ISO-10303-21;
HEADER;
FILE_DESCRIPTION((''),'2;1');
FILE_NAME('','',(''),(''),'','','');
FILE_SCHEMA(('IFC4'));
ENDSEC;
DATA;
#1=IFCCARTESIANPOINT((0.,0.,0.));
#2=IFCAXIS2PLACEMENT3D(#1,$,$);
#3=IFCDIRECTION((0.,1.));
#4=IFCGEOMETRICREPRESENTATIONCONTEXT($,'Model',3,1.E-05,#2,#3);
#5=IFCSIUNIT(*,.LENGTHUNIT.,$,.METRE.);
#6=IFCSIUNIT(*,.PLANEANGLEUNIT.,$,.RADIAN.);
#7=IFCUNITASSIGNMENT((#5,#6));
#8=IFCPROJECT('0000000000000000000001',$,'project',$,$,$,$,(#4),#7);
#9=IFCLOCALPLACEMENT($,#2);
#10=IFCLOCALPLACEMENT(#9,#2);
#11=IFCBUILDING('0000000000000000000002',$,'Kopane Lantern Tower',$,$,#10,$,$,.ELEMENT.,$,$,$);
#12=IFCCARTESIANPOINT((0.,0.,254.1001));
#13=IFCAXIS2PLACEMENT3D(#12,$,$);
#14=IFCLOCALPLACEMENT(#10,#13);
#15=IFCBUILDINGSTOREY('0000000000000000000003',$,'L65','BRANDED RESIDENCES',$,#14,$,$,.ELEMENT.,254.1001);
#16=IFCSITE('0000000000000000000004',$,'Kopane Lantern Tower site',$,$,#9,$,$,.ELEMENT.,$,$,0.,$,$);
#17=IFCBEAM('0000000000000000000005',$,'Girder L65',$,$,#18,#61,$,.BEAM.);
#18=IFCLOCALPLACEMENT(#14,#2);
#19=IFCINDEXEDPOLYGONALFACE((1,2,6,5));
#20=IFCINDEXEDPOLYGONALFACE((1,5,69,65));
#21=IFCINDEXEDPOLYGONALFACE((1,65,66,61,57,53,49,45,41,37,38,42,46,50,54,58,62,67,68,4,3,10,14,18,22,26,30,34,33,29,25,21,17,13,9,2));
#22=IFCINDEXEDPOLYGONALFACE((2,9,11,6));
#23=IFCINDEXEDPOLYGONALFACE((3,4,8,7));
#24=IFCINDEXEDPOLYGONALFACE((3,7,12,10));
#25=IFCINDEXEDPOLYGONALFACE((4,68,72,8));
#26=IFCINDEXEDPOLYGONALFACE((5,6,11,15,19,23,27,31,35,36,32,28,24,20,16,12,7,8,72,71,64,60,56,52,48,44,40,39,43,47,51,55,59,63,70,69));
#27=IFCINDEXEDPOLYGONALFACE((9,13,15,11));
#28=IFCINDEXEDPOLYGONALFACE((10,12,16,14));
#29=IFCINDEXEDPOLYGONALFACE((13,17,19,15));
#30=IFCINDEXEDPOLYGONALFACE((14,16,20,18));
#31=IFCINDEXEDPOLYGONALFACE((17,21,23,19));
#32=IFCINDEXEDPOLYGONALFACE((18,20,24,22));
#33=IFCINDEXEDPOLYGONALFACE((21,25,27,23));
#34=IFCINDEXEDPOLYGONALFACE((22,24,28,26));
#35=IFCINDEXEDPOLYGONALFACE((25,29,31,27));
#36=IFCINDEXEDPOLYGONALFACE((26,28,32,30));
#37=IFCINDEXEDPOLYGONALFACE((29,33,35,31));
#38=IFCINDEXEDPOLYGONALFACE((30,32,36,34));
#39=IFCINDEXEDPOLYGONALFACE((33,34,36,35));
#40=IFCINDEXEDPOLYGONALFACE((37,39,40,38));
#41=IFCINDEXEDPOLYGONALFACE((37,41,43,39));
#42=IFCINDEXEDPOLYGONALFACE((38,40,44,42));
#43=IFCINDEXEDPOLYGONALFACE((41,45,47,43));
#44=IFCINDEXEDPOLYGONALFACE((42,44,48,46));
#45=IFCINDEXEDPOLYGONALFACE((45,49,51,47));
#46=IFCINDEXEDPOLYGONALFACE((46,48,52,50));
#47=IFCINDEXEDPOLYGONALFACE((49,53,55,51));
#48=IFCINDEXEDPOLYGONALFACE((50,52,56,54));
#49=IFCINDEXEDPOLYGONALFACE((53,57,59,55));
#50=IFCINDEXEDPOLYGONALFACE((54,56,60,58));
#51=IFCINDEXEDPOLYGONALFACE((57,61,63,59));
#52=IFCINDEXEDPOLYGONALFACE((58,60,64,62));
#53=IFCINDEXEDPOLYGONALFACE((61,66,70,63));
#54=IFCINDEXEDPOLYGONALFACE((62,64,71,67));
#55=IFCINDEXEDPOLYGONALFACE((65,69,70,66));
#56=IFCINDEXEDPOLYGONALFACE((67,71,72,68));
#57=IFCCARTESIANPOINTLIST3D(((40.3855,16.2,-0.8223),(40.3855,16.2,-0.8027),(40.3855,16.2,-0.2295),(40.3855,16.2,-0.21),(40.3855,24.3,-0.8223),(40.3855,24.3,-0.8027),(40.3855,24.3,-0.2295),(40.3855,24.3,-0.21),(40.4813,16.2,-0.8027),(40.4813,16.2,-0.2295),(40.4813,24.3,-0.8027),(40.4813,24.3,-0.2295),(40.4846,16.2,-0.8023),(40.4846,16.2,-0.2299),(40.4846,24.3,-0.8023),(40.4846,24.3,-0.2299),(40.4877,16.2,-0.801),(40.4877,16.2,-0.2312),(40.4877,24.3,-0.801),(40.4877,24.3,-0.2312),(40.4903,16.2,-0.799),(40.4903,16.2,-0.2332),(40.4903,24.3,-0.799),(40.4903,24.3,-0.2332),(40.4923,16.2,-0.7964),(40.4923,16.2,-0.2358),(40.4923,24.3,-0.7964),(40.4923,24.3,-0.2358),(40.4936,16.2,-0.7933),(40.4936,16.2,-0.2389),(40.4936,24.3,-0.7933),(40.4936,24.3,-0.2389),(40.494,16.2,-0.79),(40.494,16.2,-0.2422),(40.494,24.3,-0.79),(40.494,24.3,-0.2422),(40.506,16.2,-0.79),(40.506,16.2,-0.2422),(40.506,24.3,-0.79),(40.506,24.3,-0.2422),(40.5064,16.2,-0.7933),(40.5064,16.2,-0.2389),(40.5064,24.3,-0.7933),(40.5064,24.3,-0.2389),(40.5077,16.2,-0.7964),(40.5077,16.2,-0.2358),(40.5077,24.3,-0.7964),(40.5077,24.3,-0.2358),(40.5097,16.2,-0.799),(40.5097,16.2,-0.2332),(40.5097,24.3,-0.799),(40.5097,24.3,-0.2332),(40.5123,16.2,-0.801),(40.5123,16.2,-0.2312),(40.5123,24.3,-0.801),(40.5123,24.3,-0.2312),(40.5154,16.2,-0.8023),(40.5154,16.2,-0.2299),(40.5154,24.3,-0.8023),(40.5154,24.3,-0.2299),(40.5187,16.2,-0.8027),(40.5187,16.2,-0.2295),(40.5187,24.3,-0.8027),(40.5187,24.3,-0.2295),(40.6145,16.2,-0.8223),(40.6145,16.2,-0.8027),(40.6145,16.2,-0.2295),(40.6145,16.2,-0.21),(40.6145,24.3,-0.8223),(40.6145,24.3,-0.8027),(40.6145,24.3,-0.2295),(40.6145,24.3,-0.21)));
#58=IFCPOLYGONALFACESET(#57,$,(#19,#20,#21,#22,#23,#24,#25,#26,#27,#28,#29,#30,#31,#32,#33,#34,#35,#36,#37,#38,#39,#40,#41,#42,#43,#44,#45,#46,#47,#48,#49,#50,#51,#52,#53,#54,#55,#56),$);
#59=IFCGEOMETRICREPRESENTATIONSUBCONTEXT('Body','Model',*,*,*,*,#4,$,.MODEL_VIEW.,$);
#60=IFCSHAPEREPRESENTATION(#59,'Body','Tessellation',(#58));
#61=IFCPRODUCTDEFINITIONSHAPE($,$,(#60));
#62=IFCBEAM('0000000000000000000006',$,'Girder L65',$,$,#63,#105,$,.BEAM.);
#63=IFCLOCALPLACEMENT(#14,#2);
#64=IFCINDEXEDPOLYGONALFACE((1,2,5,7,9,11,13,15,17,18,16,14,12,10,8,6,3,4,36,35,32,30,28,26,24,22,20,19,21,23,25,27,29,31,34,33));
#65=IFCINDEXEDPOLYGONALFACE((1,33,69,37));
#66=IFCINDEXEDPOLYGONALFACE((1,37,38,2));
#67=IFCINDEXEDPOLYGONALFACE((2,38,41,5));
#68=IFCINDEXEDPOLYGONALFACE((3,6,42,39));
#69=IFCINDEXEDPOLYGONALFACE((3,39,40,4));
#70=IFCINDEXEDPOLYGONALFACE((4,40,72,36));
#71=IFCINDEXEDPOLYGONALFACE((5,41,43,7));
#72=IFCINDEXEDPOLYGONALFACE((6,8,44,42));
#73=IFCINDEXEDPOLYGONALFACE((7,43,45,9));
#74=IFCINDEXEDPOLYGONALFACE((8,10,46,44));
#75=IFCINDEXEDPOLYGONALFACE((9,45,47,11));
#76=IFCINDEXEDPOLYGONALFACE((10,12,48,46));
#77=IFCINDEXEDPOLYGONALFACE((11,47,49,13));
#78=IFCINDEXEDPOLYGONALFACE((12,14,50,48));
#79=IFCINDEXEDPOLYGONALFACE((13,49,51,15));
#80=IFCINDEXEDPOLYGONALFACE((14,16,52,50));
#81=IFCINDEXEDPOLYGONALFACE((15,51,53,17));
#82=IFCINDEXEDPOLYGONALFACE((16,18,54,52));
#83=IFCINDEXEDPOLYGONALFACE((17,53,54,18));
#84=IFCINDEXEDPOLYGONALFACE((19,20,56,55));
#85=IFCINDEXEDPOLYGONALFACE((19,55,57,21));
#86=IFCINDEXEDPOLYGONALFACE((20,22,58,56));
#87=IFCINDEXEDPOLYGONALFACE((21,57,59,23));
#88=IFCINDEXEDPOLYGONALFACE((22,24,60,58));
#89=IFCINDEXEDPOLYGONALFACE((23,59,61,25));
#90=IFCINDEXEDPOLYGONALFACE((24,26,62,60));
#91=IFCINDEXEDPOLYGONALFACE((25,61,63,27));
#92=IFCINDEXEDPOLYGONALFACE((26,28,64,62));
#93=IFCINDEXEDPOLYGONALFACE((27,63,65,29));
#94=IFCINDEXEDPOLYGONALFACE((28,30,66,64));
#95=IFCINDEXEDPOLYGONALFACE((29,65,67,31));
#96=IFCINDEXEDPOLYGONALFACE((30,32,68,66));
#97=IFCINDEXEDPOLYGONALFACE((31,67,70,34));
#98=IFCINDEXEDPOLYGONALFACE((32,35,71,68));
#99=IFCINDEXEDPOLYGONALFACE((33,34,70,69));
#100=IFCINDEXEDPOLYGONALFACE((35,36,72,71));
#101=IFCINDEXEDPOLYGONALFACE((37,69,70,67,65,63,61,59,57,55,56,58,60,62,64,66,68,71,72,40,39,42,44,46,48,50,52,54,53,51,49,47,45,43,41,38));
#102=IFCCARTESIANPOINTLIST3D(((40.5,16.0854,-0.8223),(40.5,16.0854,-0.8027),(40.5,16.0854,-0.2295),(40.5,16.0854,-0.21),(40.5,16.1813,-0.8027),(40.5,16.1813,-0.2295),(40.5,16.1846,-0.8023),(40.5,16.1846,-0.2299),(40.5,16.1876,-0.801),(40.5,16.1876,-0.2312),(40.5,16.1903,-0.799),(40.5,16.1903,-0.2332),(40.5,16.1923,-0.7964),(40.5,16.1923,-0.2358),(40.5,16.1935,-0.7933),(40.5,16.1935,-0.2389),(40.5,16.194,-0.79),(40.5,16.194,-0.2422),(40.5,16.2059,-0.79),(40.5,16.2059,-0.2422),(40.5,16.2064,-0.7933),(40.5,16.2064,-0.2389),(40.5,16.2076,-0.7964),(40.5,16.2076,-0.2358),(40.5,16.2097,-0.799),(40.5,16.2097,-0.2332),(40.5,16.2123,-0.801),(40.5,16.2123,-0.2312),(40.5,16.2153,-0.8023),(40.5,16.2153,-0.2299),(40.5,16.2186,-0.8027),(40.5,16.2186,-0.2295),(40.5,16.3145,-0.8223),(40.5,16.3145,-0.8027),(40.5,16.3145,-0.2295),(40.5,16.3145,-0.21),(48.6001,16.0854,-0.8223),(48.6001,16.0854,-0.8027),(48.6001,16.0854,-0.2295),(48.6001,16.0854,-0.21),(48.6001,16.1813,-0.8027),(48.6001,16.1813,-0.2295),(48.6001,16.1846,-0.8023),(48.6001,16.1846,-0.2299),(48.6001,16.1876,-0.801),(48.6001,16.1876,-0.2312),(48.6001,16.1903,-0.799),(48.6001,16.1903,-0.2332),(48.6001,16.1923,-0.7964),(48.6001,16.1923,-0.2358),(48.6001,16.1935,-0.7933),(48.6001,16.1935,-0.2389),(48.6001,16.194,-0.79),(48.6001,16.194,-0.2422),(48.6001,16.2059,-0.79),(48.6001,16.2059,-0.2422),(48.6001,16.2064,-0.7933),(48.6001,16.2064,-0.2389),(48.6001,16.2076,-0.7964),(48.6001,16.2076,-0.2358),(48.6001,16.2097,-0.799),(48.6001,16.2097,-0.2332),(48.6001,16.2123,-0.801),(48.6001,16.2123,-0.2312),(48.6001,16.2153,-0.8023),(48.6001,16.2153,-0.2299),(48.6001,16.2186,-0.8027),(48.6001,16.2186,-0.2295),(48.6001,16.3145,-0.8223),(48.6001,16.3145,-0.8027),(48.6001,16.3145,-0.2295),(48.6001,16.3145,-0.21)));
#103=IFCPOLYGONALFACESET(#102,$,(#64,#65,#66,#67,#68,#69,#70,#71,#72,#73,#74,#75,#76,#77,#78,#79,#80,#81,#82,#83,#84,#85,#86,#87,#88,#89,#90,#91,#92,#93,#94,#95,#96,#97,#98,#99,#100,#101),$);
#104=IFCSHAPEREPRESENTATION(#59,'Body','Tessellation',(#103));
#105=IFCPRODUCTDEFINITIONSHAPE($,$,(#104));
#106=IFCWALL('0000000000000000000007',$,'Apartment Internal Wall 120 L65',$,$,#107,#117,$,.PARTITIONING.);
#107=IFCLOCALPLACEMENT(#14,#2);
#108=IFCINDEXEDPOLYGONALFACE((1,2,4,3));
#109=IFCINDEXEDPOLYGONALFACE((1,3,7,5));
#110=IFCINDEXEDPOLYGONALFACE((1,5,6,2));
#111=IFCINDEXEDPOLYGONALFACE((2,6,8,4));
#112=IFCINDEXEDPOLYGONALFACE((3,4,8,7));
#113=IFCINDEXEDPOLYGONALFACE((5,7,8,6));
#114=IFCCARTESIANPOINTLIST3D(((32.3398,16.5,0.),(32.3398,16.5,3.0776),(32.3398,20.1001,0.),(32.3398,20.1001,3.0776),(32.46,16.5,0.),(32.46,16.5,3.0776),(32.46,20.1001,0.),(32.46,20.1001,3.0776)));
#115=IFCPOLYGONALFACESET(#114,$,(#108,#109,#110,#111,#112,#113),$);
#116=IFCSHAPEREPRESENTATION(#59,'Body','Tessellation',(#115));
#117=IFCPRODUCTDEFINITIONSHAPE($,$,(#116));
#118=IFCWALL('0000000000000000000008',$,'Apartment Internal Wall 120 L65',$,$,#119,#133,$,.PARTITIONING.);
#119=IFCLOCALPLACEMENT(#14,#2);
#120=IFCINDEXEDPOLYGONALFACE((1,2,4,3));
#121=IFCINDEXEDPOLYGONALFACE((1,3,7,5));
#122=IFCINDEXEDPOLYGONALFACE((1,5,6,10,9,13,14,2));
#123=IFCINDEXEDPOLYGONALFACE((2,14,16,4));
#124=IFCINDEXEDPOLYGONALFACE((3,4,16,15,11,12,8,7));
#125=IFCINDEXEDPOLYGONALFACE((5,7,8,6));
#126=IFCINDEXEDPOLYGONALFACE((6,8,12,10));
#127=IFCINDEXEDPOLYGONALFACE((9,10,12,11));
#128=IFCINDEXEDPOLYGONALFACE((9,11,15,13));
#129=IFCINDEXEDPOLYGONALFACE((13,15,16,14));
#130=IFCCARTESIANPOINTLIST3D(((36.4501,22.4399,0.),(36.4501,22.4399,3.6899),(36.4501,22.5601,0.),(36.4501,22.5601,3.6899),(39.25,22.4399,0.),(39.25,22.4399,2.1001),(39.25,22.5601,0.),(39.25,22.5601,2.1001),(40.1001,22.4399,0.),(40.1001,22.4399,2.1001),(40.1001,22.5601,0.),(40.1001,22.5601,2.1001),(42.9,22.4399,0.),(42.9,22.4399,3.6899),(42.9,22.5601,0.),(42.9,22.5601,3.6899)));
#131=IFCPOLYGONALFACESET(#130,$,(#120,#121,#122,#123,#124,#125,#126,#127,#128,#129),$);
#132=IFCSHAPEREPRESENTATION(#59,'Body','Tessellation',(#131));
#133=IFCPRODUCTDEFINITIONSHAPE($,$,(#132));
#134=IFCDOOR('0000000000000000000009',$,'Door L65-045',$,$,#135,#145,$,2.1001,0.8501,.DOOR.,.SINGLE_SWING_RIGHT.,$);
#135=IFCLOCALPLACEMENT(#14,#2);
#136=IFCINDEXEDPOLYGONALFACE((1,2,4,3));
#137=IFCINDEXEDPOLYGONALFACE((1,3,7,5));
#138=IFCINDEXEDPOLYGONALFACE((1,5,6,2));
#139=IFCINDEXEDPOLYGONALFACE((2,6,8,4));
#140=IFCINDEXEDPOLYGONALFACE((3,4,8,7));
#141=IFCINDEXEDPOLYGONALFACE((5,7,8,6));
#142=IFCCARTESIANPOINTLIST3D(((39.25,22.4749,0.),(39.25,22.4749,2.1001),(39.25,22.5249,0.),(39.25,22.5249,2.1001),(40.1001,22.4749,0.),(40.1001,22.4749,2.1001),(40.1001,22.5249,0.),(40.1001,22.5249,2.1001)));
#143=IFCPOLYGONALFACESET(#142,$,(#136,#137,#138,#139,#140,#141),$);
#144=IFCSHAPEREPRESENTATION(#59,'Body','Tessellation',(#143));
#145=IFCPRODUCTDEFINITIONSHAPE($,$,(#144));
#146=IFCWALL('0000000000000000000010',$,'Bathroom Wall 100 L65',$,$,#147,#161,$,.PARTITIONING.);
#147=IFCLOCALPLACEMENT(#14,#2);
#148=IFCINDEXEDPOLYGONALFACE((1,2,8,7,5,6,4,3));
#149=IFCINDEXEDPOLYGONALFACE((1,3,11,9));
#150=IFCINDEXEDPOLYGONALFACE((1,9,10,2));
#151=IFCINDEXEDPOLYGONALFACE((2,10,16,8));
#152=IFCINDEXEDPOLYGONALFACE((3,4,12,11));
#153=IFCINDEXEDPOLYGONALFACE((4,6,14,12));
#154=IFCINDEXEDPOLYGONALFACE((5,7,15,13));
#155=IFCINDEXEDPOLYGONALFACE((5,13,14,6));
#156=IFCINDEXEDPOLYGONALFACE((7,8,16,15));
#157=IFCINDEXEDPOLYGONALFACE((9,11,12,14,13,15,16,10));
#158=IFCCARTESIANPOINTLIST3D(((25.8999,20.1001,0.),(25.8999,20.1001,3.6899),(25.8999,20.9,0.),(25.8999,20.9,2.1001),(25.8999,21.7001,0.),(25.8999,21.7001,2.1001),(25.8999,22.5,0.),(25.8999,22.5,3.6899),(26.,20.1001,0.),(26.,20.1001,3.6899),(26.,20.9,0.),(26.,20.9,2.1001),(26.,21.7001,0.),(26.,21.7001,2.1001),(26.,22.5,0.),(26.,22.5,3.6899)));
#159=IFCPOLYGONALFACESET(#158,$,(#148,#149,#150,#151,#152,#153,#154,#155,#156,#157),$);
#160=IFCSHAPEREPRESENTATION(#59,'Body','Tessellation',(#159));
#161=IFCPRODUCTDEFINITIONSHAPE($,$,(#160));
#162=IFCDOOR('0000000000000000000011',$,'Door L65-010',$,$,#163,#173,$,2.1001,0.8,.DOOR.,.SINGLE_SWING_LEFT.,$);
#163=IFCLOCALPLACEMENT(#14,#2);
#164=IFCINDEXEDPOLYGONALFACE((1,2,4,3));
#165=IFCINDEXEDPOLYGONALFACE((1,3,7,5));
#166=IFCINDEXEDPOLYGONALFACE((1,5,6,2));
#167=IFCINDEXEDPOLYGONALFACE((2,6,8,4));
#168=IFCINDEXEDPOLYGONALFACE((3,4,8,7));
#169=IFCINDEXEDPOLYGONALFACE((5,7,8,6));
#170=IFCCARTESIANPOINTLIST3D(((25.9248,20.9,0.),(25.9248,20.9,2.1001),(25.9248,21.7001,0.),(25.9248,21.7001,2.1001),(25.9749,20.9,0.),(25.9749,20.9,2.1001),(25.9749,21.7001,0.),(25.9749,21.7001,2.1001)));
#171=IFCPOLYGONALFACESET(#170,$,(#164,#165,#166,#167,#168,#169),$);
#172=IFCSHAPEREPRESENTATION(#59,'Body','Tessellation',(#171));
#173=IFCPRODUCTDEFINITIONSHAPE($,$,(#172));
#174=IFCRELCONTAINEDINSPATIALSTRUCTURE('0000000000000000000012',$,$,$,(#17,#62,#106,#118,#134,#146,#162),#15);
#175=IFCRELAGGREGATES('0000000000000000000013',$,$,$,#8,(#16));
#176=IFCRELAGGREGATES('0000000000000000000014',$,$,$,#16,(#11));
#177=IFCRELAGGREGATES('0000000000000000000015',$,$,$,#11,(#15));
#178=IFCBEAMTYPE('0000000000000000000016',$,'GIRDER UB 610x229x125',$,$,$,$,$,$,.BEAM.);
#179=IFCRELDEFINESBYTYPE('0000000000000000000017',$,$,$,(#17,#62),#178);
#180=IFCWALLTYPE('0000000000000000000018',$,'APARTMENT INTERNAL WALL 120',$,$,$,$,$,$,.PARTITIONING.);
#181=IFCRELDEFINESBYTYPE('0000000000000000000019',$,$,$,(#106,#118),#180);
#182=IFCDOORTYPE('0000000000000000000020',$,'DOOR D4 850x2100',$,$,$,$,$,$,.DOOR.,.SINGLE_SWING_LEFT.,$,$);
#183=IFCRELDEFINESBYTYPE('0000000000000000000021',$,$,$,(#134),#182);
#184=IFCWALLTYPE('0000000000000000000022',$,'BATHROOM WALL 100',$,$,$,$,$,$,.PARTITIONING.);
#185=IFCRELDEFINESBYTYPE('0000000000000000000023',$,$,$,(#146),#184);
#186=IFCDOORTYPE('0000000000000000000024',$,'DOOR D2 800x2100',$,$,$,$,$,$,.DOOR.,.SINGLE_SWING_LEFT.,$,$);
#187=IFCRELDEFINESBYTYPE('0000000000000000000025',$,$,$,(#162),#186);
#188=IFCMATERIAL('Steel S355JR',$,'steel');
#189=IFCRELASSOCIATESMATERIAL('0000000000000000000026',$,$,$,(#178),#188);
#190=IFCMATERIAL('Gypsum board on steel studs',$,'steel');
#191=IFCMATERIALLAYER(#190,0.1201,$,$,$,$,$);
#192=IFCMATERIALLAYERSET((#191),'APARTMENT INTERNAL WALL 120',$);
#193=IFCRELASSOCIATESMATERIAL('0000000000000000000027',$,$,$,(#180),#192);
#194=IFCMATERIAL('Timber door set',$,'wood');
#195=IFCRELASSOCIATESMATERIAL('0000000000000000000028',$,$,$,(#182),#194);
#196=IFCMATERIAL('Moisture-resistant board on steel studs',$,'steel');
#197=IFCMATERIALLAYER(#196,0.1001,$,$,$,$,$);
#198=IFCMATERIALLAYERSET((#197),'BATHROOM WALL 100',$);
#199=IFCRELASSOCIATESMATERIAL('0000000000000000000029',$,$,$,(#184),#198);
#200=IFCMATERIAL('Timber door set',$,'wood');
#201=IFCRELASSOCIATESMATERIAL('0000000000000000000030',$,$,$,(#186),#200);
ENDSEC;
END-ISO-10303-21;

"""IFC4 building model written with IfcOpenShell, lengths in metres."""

from ifc_helpers import new_model, si_unit, direction, frame, frame_2d, origin, origin_2d, place, context, subcontext, project, spatial, rectangle, i_section, extrude, material, layer, layer_set, material_profile, profile_set, type_object, element, fill, save


model = new_model("IFC4")

# Units and contexts
model_context = context("Model", 3, precision=1e-05, world=origin(), true_north=direction((0.0, 1.0)))
body_context = subcontext(model_context, "Body", "Model", "MODEL_VIEW")
ifc_project = project(units=[si_unit("LENGTHUNIT", "METRE"), si_unit("PLANEANGLEUNIT", "RADIAN")], contexts=[model_context])

# Site, building, storey
site_placement = place(None, origin())
site = spatial("IfcSite", under=ifc_project, at=site_placement, Name="Kopane Lantern Tower site", CompositionType="ELEMENT", RefElevation=0.0)
building_placement = place(site_placement, origin())
building = spatial("IfcBuilding", under=site, at=building_placement, Name="Kopane Lantern Tower", CompositionType="ELEMENT")
storey_placement = place(building_placement, frame((0.0, 0.0, 254.1001)))
storey = spatial("IfcBuildingStorey", under=building, at=storey_placement, Name="L65", Description="BRANDED RESIDENCES", CompositionType="ELEMENT", Elevation=254.1001)

# Beams
ifc_material_1 = material(Name="Steel S355JR", Category="steel")
ifc_material_profile_1 = material_profile(ifc_material_1, i_section(OverallWidth=0.229, OverallDepth=0.6123, WebThickness=0.012, FlangeThickness=0.0195, FilletRadius=0.0127, at=origin_2d()), Name="UB 610x229x125")
ifc_profile_set_1 = profile_set([ifc_material_profile_1], Name="Steel S355JR")
beam_type_1 = type_object("IfcBeamType", Name="GIRDER UB 610x229x125", PredefinedType="BEAM", material=ifc_profile_set_1)
for number, where, z_axis, x_axis, name in (
    (1, (40.5, 16.2, -0.5161), (0.0, 1.0, 0.0), (-1.0, 0.0, 0.0), "Girder L65"),
    (2, (40.5, 16.2, -0.5161), (1.0, 0.0, 0.0), (0.0, 1.0, 0.0), "Girder L65"),
):
    element("IfcBeam", number, at=place(storey_placement, frame(where, z_axis=z_axis, x_axis=x_axis)), inside=storey, type_object=beam_type_1, Name=name, PredefinedType="BEAM", context=body_context, shape_type="SweptSolid", body=[
        extrude(i_section(OverallWidth=0.229, OverallDepth=0.6123, WebThickness=0.012, FlangeThickness=0.0195, FilletRadius=0.0127, at=origin_2d()), origin(), (0.0, 0.0, 1.0), 8.1001),
    ])

# Wall
ifc_material_2 = material(Name="Gypsum board on steel studs", Category="steel")
ifc_layer_1 = layer(ifc_material_2, 0.1201)
ifc_layer_set_1 = layer_set([ifc_layer_1], Name="APARTMENT INTERNAL WALL 120")
wall_type_1 = type_object("IfcWallType", Name="APARTMENT INTERNAL WALL 120", PredefinedType="PARTITIONING", material=ifc_layer_set_1)
wall_1_placement = place(storey_placement, frame((32.3999, 20.1001, 0.0), z_axis=(0.0, 0.0, 1.0), x_axis=(0.0, -1.0, 0.0)))
element("IfcWall", 3, at=wall_1_placement, inside=storey, type_object=wall_type_1, Name="Apartment Internal Wall 120 L65", PredefinedType="PARTITIONING", context=body_context, shape_type="SweptSolid", body=[
    extrude(rectangle(XDim=3.6001, YDim=0.1201, at=frame_2d((1.8, 0.0))), origin(), (0.0, 0.0, 1.0), 3.0776),
])

# Walls, openings, doors
wall_2_placement = place(storey_placement, frame((36.45, 22.5, 0.0), z_axis=(0.0, 0.0, 1.0), x_axis=(1.0, 0.0, 0.0)))
wall_2 = element("IfcWall", 4, at=wall_2_placement, inside=storey, type_object=wall_type_1, Name="Apartment Internal Wall 120 L65", PredefinedType="PARTITIONING", context=body_context, shape_type="SweptSolid", body=[
    extrude(rectangle(XDim=6.45, YDim=0.1201, at=frame_2d((3.2251, 0.0))), origin(), (0.0, 0.0, 1.0), 3.6899),
])
opening_1_placement = place(wall_2_placement, frame((2.8, 0.0, 0.0)))
opening_1 = element("IfcOpeningElement", 5, at=opening_1_placement, cuts=wall_2, PredefinedType="OPENING", context=body_context, shape_type="SweptSolid", body=[
    extrude(rectangle(XDim=0.8501, YDim=2.1001, at=frame_2d((0.425, 1.05))), frame((0.0, 0.0701, 0.0), z_axis=(0.0, -1.0, 0.0), x_axis=(1.0, 0.0, 0.0)), (0.0, 0.0, 1.0), 0.1401),
])
ifc_material_3 = material(Name="Timber door set", Category="wood")
door_type_1 = type_object("IfcDoorType", Name="DOOR D4 850x2100", OperationType="SINGLE_SWING_LEFT", PredefinedType="DOOR", material=ifc_material_3)
door_1_placement = place(opening_1_placement, origin())
door_1 = element("IfcDoor", 6, at=door_1_placement, inside=storey, type_object=door_type_1, Name="Door L65-045", OperationType="SINGLE_SWING_RIGHT", OverallHeight=2.1001, OverallWidth=0.8501, PredefinedType="DOOR", context=body_context, shape_type="SweptSolid", body=[
    extrude(rectangle(XDim=0.8501, YDim=2.1001, at=frame_2d((0.425, 1.05))), frame((0.0, 0.0249, 0.0), z_axis=(0.0, -1.0, 0.0), x_axis=(1.0, 0.0, 0.0)), (0.0, 0.0, 1.0), 0.05),
])
fill(opening_1, door_1)
ifc_material_4 = material(Name="Moisture-resistant board on steel studs", Category="steel")
ifc_layer_2 = layer(ifc_material_4, 0.1001)
ifc_layer_set_2 = layer_set([ifc_layer_2], Name="BATHROOM WALL 100")
wall_type_2 = type_object("IfcWallType", Name="BATHROOM WALL 100", PredefinedType="PARTITIONING", material=ifc_layer_set_2)
wall_3_placement = place(storey_placement, frame((25.95, 22.5, 0.0), z_axis=(0.0, 0.0, 1.0), x_axis=(0.0, -1.0, 0.0)))
wall_3 = element("IfcWall", 7, at=wall_3_placement, inside=storey, type_object=wall_type_2, Name="Bathroom Wall 100 L65", PredefinedType="PARTITIONING", context=body_context, shape_type="SweptSolid", body=[
    extrude(rectangle(XDim=2.3999, YDim=0.1001, at=frame_2d((1.2, 0.0))), origin(), (0.0, 0.0, 1.0), 3.6899),
])
opening_2_placement = place(wall_3_placement, frame((0.8, 0.0, 0.0)))
opening_2 = element("IfcOpeningElement", 8, at=opening_2_placement, cuts=wall_3, PredefinedType="OPENING", context=body_context, shape_type="SweptSolid", body=[
    extrude(rectangle(XDim=0.8, YDim=2.1001, at=frame_2d((0.3999, 1.05))), frame((0.0, 0.0601, 0.0), z_axis=(0.0, -1.0, 0.0), x_axis=(1.0, 0.0, 0.0)), (0.0, 0.0, 1.0), 0.1201),
])
ifc_material_5 = material(Name="Timber door set", Category="wood")
door_type_2 = type_object("IfcDoorType", Name="DOOR D2 800x2100", OperationType="SINGLE_SWING_LEFT", PredefinedType="DOOR", material=ifc_material_5)
door_2_placement = place(opening_2_placement, origin())
door_2 = element("IfcDoor", 9, at=door_2_placement, inside=storey, type_object=door_type_2, Name="Door L65-010", OperationType="SINGLE_SWING_LEFT", OverallHeight=2.1001, OverallWidth=0.8, PredefinedType="DOOR", context=body_context, shape_type="SweptSolid", body=[
    extrude(rectangle(XDim=0.8, YDim=2.1001, at=frame_2d((0.3999, 1.05))), frame((0.0, 0.0249, 0.0), z_axis=(0.0, -1.0, 0.0), x_axis=(1.0, 0.0, 0.0)), (0.0, 0.0, 1.0), 0.05),
])
fill(opening_2, door_2)

save(model, "model.ifc")
